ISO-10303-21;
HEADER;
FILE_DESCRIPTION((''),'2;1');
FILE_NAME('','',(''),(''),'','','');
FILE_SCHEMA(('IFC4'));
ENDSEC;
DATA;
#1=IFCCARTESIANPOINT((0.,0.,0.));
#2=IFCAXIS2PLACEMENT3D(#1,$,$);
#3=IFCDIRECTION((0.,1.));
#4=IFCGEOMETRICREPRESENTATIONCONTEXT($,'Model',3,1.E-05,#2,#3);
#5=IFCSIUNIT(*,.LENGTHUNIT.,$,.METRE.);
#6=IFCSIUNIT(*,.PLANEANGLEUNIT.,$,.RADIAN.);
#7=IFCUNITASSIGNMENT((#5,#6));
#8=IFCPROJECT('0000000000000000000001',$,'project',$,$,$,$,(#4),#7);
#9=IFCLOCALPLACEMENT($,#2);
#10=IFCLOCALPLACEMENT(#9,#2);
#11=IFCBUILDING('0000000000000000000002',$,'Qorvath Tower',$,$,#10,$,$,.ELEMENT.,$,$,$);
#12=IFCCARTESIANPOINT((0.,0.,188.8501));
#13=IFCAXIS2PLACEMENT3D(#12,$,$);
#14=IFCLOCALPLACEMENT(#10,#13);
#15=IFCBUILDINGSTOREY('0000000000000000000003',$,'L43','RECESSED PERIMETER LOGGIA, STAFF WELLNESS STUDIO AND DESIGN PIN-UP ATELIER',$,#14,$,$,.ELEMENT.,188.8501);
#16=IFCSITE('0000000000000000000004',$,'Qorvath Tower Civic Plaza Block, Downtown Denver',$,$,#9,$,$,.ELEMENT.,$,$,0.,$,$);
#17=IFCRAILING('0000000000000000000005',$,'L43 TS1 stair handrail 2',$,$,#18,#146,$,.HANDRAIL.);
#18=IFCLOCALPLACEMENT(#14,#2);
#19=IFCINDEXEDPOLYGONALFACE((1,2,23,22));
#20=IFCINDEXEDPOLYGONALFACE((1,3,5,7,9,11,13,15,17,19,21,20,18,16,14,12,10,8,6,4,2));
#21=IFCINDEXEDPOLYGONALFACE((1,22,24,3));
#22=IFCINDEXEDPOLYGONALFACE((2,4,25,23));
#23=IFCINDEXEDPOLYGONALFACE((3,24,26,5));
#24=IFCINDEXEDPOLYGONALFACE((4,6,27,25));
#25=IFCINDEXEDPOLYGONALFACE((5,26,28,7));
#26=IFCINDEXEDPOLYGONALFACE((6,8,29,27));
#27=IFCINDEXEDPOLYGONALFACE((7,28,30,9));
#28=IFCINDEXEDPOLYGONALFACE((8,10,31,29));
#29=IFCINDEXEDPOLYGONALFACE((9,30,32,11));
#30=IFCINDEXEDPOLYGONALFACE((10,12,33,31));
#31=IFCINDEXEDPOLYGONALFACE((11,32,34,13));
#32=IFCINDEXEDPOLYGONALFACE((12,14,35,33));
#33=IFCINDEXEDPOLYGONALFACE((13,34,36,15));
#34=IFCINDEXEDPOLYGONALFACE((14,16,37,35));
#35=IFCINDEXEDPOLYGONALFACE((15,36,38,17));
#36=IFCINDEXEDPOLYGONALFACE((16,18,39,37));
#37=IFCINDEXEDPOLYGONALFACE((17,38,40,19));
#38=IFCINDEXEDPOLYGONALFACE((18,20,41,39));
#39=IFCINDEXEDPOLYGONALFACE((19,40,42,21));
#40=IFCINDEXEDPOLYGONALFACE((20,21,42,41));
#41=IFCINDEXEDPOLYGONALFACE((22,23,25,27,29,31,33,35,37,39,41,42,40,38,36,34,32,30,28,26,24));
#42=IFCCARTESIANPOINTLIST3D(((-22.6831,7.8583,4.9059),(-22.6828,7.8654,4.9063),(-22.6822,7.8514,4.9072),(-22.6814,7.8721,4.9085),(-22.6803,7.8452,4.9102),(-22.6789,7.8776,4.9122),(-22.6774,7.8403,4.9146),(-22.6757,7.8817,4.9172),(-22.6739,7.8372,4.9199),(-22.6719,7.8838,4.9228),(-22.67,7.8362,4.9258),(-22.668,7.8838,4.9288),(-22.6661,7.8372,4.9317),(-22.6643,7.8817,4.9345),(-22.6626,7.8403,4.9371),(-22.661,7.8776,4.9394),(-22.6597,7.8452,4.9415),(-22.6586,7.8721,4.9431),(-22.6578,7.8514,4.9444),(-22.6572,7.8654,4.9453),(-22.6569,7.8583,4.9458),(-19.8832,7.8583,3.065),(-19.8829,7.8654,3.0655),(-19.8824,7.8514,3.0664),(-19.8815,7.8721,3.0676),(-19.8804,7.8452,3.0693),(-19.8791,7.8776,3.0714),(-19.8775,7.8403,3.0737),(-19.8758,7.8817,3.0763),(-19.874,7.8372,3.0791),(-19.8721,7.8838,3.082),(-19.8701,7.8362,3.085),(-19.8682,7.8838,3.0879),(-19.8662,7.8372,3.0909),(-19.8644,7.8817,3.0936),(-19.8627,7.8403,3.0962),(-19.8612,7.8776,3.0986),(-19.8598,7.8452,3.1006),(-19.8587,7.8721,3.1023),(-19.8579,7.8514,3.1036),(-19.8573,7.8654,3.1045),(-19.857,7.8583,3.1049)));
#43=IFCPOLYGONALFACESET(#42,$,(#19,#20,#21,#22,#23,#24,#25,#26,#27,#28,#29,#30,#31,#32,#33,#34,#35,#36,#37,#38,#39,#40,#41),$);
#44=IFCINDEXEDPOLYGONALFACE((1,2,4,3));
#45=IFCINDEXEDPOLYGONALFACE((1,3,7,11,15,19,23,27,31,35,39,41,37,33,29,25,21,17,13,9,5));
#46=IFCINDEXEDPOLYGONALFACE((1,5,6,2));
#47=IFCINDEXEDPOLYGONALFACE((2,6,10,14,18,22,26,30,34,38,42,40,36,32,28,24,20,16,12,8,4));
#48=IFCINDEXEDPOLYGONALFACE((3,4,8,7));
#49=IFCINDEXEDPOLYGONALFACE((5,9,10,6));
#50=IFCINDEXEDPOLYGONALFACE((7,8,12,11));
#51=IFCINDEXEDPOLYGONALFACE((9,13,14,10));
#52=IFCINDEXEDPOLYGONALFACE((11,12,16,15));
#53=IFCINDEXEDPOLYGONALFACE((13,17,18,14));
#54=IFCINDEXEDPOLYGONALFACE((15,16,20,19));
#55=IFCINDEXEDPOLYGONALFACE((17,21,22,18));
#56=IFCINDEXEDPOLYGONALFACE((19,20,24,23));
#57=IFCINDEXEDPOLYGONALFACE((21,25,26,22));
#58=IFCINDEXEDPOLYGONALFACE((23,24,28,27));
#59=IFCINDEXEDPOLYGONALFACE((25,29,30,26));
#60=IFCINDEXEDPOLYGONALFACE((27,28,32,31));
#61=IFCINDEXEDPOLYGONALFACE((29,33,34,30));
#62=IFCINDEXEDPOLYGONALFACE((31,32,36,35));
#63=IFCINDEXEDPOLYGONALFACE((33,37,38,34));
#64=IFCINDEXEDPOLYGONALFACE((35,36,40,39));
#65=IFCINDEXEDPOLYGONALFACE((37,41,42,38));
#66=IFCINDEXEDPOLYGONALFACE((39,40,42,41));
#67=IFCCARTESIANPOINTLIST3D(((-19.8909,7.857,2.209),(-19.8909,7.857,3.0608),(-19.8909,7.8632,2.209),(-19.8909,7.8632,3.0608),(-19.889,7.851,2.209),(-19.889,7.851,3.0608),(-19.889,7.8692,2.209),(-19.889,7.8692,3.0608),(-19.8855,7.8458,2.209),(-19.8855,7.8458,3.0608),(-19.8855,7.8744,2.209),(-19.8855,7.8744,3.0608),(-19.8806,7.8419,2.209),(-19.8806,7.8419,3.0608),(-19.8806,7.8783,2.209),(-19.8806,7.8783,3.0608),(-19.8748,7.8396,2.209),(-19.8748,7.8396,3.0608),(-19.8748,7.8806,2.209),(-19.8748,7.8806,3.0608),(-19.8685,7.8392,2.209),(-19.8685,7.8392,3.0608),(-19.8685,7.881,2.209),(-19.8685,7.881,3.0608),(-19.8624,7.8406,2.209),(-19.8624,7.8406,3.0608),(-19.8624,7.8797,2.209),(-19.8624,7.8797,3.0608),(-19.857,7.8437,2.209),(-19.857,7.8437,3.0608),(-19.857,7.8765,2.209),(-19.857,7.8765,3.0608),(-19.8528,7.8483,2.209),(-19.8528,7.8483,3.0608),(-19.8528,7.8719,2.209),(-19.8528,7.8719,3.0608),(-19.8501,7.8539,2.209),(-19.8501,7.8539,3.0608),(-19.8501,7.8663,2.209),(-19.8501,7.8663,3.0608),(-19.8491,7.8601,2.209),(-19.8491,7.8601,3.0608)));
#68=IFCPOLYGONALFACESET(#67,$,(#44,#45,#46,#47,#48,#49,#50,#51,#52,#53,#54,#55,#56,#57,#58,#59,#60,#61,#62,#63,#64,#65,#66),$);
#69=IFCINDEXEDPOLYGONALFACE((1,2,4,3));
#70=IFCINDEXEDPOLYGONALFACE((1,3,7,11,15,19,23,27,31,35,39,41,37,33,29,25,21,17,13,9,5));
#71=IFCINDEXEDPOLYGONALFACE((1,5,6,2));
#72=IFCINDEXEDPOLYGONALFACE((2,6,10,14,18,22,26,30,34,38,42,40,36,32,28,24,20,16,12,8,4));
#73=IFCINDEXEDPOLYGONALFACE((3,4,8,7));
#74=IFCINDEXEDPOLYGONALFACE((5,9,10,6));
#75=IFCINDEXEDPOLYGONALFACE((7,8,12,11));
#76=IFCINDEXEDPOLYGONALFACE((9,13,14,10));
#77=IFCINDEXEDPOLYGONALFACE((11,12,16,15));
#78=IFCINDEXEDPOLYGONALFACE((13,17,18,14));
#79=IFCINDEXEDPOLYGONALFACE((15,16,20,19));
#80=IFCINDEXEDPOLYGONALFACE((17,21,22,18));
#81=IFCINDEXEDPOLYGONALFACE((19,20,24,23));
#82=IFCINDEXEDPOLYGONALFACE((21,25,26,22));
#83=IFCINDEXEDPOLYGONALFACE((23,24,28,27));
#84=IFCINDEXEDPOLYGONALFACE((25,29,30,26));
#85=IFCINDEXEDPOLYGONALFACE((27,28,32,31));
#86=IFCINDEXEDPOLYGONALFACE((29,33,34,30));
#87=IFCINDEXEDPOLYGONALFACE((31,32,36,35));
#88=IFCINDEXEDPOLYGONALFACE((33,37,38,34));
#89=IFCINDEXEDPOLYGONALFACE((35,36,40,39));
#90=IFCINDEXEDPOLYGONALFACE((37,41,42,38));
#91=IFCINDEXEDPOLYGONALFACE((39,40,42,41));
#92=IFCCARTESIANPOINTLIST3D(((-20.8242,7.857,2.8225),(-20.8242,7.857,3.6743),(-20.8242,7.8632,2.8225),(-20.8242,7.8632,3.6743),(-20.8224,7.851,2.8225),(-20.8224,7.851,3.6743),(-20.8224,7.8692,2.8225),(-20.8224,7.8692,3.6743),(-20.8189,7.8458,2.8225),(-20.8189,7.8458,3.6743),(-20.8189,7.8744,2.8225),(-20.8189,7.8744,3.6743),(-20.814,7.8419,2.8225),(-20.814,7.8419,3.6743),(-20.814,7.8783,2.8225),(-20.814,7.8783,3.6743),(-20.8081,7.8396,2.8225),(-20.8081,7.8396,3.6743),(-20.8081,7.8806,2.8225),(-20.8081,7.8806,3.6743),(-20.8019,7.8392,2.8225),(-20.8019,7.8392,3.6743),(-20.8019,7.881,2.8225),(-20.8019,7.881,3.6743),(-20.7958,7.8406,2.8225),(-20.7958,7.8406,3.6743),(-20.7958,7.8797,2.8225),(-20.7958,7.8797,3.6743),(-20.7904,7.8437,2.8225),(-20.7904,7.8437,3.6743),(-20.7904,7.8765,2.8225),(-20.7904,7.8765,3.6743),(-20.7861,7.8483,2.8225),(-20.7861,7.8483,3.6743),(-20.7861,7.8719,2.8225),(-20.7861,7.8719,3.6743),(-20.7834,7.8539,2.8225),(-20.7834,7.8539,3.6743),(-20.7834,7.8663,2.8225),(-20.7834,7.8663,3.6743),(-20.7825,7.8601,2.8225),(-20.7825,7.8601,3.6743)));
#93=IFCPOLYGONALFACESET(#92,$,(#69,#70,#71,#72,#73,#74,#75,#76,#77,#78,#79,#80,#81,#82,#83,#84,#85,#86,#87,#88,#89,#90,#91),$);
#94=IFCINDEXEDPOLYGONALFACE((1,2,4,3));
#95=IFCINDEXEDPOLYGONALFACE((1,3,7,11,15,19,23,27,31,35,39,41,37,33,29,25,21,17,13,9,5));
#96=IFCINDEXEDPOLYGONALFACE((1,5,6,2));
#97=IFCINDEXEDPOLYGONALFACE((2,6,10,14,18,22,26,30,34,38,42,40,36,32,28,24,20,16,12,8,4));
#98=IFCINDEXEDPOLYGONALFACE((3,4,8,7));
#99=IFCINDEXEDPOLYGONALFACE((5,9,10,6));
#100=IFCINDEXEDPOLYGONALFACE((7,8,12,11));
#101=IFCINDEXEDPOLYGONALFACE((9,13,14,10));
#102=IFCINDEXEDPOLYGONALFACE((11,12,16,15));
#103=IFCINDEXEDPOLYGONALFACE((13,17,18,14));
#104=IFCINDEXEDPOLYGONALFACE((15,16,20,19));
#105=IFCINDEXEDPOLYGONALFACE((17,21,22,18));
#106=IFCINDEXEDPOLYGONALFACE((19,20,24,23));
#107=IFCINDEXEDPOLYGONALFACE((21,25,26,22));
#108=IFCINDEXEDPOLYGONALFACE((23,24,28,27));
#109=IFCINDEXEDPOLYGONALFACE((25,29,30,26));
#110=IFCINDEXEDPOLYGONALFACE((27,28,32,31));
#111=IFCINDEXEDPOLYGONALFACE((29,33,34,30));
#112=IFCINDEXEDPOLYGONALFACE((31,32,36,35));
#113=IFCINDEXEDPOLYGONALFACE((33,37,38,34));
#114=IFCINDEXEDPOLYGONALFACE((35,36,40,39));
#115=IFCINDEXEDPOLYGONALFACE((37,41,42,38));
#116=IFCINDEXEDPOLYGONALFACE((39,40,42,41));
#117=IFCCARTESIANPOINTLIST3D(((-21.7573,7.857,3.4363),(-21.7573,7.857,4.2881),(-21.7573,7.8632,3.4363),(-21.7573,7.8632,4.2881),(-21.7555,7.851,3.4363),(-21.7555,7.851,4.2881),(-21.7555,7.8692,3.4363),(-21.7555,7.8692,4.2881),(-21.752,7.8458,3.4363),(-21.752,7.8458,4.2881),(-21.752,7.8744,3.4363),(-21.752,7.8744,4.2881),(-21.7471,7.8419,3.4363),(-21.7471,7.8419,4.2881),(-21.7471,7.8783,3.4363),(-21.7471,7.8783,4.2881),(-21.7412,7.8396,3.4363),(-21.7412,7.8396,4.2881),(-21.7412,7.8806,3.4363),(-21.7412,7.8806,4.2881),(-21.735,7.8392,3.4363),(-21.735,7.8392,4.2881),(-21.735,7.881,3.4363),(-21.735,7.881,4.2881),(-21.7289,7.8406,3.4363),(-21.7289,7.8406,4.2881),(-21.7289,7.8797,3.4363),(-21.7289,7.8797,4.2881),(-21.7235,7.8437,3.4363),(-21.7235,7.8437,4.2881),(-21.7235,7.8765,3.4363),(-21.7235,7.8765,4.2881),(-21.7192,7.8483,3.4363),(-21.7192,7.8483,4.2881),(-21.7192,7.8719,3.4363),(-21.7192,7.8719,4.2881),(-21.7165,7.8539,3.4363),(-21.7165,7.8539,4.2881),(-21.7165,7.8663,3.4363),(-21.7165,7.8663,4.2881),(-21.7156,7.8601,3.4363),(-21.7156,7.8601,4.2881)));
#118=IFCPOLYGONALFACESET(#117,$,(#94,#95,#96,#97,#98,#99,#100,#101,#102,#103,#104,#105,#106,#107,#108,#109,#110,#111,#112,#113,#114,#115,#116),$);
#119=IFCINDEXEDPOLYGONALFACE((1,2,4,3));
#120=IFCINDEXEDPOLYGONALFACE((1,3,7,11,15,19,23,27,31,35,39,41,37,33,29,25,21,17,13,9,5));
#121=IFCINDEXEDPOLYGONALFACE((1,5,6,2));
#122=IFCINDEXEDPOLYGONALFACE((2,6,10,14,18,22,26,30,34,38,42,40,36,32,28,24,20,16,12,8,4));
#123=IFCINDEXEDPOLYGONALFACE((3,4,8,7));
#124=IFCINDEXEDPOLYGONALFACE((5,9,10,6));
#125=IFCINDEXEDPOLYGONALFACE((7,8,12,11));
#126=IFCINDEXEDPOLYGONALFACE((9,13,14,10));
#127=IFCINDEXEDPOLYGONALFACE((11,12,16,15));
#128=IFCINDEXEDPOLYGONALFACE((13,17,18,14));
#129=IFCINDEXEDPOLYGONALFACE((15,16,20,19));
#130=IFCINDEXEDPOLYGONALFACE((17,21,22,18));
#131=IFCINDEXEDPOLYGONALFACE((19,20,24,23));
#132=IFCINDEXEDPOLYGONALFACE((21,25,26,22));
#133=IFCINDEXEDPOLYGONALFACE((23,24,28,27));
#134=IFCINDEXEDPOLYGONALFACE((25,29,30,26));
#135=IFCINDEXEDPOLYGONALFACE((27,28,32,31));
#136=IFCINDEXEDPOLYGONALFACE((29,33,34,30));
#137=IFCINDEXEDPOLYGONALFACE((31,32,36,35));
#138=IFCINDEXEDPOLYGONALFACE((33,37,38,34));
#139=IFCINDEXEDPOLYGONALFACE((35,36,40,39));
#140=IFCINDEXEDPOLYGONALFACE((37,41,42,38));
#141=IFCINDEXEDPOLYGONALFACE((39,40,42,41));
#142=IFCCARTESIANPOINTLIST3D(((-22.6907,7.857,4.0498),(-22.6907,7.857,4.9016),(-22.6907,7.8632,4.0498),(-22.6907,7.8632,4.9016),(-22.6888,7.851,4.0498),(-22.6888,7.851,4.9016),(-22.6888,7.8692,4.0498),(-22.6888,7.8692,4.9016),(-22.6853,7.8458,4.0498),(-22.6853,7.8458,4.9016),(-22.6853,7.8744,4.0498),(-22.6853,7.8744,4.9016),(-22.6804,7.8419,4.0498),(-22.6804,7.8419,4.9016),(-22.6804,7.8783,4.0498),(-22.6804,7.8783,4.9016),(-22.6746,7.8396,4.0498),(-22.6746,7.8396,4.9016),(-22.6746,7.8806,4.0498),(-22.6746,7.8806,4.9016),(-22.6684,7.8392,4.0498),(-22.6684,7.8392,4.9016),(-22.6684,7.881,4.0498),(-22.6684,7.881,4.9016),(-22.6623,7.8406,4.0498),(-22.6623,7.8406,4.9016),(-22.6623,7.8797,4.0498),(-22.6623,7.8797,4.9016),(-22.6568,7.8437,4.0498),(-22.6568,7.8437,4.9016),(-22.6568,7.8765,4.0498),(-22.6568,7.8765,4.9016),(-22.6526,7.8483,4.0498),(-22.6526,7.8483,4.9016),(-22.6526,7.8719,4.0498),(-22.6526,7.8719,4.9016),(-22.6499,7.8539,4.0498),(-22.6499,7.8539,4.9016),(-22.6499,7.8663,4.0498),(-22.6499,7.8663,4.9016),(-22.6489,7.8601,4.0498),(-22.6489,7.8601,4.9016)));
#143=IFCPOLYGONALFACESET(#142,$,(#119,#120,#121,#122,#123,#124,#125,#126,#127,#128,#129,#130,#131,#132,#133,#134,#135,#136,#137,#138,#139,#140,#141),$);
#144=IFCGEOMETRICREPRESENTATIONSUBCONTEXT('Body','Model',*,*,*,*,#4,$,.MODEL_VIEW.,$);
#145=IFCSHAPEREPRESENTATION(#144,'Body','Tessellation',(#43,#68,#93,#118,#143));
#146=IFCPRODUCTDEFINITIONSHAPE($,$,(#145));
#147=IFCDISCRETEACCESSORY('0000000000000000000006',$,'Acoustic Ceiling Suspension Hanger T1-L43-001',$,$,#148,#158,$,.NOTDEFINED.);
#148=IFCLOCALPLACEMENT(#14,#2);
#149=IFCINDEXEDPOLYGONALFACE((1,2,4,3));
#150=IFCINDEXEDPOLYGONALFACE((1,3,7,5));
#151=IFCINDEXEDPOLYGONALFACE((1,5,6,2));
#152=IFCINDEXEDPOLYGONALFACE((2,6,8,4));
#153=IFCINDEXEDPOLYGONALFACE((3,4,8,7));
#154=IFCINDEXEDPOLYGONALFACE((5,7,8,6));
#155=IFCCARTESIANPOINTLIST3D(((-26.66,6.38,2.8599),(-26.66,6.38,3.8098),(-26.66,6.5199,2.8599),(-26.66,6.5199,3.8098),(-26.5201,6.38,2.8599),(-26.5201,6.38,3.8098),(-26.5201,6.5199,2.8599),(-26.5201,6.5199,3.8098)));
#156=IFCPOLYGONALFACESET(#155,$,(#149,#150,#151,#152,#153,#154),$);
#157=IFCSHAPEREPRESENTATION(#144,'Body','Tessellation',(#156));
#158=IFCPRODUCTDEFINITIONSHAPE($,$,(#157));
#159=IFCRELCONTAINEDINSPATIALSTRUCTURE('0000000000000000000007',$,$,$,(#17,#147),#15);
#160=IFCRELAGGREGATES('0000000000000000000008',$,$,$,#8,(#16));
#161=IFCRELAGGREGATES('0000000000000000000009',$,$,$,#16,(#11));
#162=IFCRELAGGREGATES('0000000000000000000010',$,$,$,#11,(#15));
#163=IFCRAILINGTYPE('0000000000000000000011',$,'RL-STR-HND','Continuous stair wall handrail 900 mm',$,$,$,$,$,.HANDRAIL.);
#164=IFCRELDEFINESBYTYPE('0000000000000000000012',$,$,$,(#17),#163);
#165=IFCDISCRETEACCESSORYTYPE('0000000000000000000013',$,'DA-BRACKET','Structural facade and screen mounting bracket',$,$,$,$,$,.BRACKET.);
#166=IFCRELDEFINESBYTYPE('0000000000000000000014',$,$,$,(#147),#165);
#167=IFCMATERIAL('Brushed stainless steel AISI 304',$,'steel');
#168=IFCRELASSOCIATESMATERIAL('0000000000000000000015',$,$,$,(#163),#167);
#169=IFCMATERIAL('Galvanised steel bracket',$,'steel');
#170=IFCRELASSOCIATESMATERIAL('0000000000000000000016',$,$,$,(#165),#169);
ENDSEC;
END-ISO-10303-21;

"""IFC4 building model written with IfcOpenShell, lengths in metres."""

from ifc_helpers import new_model, si_unit, direction, frame, origin, origin_2d, place, context, subcontext, project, spatial, rectangle, circle, extrude, material, type_object, element, save


model = new_model("IFC4")

# Units and contexts
model_context = context("Model", 3, precision=1e-05, world=origin(), true_north=direction((0.0, 1.0)))
body_context = subcontext(model_context, "Body", "Model", "MODEL_VIEW")
ifc_project = project(units=[si_unit("LENGTHUNIT", "METRE"), si_unit("PLANEANGLEUNIT", "RADIAN")], contexts=[model_context])

# Site, building, storey
site_placement = place(None, origin())
site = spatial("IfcSite", under=ifc_project, at=site_placement, Name="Qorvath Tower Civic Plaza Block, Downtown Denver", CompositionType="ELEMENT", RefElevation=0.0)
building_placement = place(site_placement, origin())
building = spatial("IfcBuilding", under=site, at=building_placement, Name="Qorvath Tower", CompositionType="ELEMENT")
storey_placement = place(building_placement, frame((0.0, 0.0, 188.8501)))
storey = spatial("IfcBuildingStorey", under=building, at=storey_placement, Name="L43", Description="RECESSED PERIMETER LOGGIA, STAFF WELLNESS STUDIO AND DESIGN PIN-UP ATELIER", CompositionType="ELEMENT", Elevation=188.8501)

# Railing
ifc_material_1 = material(Name="Brushed stainless steel AISI 304", Category="steel")
railing_type_1 = type_object("IfcRailingType", Name="RL-STR-HND", Description="Continuous stair wall handrail 900 mm", PredefinedType="HANDRAIL", material=ifc_material_1)
railing_1_placement = place(storey_placement, frame((-19.8701, 7.8601, 2.209)))
element("IfcRailing", 1, at=railing_1_placement, inside=storey, type_object=railing_type_1, Name="L43 TS1 stair handrail 2", PredefinedType="HANDRAIL", context=body_context, shape_type="SweptSolid", body=[
    extrude(circle(Radius=0.0239, at=origin_2d()), frame((0.0, 0.0, 0.876), z_axis=(-0.835576, 0.0, 0.549376), x_axis=(0.0, -1.0, 0.0)), (0.0, 0.0, 1.0), 3.3508),
    extrude(circle(Radius=0.021, at=origin_2d()), origin(), (0.0, 0.0, 1.0), 0.8518),
    extrude(circle(Radius=0.021, at=origin_2d()), frame((-0.9333, 0.0, 0.6135)), (0.0, 0.0, 1.0), 0.8518),
    extrude(circle(Radius=0.021, at=origin_2d()), frame((-1.8665, 0.0, 1.2273)), (0.0, 0.0, 1.0), 0.8518),
    extrude(circle(Radius=0.021, at=origin_2d()), frame((-2.7998, 0.0, 1.8408)), (0.0, 0.0, 1.0), 0.8518),
])

# Discrete accessory
ifc_material_2 = material(Name="Galvanised steel bracket", Category="steel")
discrete_accessory_type = type_object("IfcDiscreteAccessoryType", Name="DA-BRACKET", Description="Structural facade and screen mounting bracket", PredefinedType="BRACKET", material=ifc_material_2)
discrete_accessory_placement = place(storey_placement, frame((-26.5901, 6.45, 2.8599), z_axis=(0.0, 0.0, 1.0), x_axis=(1.0, 0.0, 0.0)))
element("IfcDiscreteAccessory", 2, at=discrete_accessory_placement, inside=storey, type_object=discrete_accessory_type, Name="Acoustic Ceiling Suspension Hanger T1-L43-001", PredefinedType="NOTDEFINED", context=body_context, shape_type="SweptSolid", body=[
    extrude(rectangle(XDim=0.1399, YDim=0.1399, at=origin_2d()), origin(), (0.0, 0.0, 1.0), 0.95),
])

save(model, "model.ifc")
